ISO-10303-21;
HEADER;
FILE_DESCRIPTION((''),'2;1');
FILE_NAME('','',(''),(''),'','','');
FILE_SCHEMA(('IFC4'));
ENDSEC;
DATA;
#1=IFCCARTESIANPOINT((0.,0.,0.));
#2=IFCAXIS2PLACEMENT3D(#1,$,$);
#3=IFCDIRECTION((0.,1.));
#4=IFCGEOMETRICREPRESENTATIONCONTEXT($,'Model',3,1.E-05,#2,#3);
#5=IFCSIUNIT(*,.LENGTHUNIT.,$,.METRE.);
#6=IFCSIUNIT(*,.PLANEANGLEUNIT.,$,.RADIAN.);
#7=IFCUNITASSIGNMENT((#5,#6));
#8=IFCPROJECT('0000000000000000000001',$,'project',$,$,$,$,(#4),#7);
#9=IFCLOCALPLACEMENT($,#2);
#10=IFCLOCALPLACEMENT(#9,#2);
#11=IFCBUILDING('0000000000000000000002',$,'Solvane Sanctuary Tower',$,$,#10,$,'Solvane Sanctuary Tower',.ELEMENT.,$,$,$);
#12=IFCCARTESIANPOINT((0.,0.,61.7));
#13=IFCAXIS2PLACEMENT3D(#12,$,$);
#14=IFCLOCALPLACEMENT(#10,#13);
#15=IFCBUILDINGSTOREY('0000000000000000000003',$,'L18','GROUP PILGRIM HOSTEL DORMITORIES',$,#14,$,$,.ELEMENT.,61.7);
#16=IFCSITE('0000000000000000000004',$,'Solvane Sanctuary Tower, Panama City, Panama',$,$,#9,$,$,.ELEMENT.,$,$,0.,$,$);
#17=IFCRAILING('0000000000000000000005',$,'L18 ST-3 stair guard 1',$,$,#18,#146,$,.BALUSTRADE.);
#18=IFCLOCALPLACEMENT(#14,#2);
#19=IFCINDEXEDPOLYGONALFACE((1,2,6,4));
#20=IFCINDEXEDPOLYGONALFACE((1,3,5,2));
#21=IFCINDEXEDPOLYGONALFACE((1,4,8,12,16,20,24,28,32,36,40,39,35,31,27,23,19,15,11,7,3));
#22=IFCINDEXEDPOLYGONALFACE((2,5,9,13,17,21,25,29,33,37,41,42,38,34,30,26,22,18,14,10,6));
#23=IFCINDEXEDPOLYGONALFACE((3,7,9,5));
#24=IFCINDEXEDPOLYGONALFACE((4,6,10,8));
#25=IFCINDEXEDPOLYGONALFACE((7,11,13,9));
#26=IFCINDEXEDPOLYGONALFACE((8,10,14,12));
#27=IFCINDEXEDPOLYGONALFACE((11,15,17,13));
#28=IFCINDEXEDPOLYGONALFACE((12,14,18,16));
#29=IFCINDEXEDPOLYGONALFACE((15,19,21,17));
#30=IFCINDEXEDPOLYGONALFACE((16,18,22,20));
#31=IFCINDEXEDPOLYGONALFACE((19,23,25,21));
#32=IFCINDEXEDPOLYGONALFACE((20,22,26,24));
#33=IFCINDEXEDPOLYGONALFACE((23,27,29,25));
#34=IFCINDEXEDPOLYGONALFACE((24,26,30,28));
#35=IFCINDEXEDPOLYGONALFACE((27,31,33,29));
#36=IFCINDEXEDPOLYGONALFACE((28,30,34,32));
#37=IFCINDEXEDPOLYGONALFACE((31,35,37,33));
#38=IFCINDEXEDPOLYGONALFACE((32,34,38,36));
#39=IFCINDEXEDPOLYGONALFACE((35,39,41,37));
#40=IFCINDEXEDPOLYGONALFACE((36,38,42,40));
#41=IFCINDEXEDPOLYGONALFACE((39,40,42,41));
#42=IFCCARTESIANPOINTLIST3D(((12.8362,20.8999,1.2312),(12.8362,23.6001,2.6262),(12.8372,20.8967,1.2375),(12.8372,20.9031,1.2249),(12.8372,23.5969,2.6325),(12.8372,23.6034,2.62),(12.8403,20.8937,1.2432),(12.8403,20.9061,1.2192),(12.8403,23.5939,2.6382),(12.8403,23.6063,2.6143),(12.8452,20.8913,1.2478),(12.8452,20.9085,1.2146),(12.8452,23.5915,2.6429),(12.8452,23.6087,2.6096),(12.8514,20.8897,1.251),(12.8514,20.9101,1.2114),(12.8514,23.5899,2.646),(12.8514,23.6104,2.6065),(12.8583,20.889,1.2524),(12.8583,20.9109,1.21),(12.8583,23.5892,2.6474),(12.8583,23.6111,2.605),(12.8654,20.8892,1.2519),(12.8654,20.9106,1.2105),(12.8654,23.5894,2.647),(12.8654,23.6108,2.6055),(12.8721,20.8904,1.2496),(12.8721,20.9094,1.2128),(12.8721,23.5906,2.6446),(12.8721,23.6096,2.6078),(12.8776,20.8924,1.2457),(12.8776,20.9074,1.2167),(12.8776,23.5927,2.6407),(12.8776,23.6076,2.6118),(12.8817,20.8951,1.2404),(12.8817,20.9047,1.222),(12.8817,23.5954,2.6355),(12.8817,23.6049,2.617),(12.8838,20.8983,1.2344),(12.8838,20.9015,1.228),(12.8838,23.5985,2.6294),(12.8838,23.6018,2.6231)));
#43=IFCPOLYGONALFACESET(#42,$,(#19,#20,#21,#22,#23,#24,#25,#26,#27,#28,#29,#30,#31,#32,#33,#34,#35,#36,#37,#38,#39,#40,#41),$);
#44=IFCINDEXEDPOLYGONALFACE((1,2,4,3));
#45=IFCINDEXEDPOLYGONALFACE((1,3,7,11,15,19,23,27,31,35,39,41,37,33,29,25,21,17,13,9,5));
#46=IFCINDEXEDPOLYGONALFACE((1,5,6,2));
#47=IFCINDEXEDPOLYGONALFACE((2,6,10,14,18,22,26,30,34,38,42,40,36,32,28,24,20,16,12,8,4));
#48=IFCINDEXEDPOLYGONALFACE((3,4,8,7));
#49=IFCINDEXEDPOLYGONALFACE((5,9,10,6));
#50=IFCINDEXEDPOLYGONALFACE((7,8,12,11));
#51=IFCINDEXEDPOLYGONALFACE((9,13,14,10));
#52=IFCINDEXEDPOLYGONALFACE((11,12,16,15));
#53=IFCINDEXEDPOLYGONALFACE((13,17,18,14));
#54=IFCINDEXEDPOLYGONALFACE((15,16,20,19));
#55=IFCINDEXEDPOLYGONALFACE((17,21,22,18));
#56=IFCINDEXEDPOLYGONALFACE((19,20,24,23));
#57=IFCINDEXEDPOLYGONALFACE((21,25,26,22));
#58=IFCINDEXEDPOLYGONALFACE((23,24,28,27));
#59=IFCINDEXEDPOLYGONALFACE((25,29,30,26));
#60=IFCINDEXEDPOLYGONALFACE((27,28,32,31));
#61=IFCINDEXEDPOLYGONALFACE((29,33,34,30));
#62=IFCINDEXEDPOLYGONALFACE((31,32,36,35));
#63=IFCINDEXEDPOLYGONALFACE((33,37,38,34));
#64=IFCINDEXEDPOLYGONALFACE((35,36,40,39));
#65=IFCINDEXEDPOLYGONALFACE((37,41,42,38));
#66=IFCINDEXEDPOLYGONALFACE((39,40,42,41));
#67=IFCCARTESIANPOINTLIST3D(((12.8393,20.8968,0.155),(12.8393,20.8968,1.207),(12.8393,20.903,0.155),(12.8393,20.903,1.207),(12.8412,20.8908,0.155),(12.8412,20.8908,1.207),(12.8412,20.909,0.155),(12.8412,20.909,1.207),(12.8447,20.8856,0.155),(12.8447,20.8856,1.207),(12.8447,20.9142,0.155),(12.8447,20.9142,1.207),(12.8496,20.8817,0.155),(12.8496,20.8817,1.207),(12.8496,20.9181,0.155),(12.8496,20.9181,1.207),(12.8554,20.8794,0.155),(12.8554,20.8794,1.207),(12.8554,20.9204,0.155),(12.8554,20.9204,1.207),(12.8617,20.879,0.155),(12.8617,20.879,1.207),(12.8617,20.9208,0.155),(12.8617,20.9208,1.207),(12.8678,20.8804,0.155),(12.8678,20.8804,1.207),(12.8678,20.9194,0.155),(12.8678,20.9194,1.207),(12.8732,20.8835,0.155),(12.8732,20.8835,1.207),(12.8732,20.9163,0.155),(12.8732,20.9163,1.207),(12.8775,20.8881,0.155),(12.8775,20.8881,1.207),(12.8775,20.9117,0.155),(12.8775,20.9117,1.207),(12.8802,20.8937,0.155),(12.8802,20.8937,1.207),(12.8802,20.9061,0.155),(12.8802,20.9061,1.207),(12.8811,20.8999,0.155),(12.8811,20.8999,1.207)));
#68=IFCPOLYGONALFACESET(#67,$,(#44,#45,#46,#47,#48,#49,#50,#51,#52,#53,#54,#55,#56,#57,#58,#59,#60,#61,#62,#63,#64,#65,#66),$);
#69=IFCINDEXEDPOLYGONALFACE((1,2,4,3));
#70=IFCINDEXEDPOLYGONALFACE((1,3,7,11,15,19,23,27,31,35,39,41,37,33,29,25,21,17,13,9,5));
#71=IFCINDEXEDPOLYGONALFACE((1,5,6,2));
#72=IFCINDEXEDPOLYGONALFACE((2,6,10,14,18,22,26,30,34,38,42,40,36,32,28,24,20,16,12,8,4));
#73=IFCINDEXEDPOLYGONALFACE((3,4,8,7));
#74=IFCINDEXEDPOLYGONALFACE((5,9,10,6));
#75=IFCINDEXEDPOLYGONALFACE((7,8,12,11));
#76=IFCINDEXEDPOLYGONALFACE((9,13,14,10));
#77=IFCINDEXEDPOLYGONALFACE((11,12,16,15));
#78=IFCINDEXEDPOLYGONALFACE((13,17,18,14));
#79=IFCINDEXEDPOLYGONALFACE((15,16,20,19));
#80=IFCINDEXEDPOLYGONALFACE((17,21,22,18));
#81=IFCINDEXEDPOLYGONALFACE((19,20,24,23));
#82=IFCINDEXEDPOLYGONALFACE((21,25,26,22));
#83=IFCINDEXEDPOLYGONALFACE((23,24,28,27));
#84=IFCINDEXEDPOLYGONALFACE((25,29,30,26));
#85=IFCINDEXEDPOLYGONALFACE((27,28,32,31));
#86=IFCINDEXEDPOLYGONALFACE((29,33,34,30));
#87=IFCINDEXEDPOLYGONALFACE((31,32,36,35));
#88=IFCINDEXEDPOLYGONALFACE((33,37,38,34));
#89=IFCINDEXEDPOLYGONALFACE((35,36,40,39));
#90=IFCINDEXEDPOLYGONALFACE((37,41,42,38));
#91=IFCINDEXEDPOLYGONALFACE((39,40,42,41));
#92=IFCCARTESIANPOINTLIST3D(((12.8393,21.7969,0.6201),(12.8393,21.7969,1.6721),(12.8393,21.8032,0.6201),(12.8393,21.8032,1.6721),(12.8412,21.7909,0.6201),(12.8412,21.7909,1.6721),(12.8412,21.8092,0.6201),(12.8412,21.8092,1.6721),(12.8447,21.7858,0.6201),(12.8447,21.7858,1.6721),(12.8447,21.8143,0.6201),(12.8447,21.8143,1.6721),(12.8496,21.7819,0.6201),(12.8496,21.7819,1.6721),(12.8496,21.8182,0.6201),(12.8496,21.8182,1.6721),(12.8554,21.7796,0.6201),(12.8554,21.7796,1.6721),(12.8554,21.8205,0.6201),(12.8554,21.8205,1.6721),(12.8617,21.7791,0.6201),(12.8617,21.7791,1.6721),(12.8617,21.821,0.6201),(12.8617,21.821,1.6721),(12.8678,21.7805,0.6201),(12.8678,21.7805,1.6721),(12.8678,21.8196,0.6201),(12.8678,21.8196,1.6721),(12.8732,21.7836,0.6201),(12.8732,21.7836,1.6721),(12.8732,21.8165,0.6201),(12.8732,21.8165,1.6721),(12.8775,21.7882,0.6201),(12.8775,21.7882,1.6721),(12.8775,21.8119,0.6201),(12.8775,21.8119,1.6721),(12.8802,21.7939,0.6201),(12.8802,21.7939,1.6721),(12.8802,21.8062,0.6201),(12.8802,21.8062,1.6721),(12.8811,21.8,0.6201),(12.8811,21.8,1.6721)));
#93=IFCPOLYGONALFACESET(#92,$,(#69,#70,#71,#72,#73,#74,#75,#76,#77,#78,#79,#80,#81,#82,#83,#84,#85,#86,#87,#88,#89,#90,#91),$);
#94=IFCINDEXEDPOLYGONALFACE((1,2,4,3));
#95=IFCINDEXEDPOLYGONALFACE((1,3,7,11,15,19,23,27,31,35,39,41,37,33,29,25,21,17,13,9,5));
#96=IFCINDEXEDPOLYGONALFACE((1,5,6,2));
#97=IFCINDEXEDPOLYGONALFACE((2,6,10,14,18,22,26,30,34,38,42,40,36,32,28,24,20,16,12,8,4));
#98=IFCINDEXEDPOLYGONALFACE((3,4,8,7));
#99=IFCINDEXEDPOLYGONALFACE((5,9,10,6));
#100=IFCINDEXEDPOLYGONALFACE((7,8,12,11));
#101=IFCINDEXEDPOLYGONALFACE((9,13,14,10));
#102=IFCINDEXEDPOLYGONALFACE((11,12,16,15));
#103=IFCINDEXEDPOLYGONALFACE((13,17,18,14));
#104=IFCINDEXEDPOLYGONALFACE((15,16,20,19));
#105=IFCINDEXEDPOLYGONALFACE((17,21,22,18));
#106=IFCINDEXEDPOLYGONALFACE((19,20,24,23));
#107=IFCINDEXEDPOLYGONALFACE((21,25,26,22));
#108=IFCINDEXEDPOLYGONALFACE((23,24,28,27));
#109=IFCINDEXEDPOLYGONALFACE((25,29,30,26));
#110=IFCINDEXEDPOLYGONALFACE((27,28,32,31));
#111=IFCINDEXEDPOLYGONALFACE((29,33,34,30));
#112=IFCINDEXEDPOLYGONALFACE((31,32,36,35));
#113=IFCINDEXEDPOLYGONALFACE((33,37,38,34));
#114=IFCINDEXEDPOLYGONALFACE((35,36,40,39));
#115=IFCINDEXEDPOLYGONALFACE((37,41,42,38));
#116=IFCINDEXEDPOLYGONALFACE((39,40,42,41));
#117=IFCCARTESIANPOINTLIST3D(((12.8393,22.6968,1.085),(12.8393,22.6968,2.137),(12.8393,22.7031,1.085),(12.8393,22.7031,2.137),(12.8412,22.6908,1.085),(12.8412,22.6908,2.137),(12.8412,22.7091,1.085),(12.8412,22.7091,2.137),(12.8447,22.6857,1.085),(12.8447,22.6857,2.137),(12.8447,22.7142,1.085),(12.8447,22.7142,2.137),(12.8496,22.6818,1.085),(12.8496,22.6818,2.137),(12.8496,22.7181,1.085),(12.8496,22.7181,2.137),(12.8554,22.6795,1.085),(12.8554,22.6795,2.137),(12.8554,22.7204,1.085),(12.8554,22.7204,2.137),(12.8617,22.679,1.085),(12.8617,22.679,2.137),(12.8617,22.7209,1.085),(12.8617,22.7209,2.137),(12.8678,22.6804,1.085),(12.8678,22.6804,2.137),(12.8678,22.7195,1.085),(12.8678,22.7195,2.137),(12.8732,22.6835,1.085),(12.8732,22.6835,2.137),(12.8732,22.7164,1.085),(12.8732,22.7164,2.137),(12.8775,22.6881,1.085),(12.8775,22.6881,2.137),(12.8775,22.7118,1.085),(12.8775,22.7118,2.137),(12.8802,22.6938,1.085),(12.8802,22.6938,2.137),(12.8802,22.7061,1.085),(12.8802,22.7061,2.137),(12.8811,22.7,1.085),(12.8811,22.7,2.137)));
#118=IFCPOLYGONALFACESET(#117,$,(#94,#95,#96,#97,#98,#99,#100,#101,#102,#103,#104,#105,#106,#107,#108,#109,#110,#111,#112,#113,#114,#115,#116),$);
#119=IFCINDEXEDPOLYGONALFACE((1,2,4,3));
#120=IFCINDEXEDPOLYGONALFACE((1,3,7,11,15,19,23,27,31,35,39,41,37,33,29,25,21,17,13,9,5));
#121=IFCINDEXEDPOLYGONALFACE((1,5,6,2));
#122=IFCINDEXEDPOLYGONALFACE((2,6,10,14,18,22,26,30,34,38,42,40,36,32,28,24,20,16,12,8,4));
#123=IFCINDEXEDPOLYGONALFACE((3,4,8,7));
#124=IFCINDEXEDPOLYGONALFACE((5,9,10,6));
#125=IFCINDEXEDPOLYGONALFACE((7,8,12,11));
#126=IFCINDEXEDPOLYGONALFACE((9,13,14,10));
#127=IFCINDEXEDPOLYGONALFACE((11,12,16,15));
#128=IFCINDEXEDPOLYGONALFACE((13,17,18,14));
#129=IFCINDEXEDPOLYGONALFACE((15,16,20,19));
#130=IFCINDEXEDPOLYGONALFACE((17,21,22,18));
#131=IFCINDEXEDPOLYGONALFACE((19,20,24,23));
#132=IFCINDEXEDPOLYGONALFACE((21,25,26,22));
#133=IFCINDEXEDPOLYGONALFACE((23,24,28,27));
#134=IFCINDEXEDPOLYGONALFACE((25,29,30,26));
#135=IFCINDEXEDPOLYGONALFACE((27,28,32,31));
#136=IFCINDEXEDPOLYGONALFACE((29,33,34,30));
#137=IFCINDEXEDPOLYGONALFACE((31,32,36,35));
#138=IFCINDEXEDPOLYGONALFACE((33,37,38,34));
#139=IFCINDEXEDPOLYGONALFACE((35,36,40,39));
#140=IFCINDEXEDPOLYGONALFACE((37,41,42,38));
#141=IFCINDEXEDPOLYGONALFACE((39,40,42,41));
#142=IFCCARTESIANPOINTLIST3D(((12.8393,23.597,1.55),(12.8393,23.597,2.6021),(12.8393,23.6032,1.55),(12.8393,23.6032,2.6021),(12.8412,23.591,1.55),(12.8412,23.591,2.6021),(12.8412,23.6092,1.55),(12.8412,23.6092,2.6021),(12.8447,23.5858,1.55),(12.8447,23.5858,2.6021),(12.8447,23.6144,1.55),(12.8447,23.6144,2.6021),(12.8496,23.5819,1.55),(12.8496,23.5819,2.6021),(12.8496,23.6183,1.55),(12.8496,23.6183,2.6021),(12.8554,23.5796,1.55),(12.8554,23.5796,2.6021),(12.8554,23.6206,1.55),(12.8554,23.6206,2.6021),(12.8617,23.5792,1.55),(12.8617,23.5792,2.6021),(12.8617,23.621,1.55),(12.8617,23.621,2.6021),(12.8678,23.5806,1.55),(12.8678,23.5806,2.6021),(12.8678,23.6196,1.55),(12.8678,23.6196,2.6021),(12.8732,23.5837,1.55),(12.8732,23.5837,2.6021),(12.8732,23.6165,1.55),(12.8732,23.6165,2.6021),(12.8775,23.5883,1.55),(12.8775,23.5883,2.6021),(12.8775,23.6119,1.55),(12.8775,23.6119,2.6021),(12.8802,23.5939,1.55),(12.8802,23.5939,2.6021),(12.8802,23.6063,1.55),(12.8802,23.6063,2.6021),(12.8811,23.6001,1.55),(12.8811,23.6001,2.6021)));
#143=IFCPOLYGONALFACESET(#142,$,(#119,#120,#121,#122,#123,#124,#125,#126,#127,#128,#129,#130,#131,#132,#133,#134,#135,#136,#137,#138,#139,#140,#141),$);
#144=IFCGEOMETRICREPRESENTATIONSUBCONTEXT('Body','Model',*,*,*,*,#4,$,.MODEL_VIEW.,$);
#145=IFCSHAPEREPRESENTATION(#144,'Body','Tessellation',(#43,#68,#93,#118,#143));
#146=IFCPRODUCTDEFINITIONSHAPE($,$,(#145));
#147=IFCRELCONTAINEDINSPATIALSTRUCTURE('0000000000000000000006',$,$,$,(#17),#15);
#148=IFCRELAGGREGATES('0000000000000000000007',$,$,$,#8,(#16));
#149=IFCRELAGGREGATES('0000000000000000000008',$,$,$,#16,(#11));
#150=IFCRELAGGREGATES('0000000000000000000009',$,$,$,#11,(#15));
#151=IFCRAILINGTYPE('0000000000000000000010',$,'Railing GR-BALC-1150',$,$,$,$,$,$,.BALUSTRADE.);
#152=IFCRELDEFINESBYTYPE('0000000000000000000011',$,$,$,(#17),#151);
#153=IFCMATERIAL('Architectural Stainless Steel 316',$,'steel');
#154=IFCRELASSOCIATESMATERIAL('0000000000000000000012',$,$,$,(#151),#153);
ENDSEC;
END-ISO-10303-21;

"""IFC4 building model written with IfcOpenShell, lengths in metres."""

from ifc_helpers import new_model, si_unit, direction, frame, origin, origin_2d, place, context, subcontext, project, spatial, circle, extrude, material, type_object, element, save


model = new_model("IFC4")

# Units and contexts
model_context = context("Model", 3, precision=1e-05, world=origin(), true_north=direction((0.0, 1.0)))
body_context = subcontext(model_context, "Body", "Model", "MODEL_VIEW")
ifc_project = project(units=[si_unit("LENGTHUNIT", "METRE"), si_unit("PLANEANGLEUNIT", "RADIAN")], contexts=[model_context])

# Site, building, storey
site_placement = place(None, origin())
site = spatial("IfcSite", under=ifc_project, at=site_placement, Name="Solvane Sanctuary Tower, Panama City, Panama", CompositionType="ELEMENT", RefElevation=0.0)
building_placement = place(site_placement, origin())
building = spatial("IfcBuilding", under=site, at=building_placement, Name="Solvane Sanctuary Tower", LongName="Solvane Sanctuary Tower", CompositionType="ELEMENT")
storey_placement = place(building_placement, frame((0.0, 0.0, 61.7)))
storey = spatial("IfcBuildingStorey", under=building, at=storey_placement, Name="L18", Description="GROUP PILGRIM HOSTEL DORMITORIES", CompositionType="ELEMENT", Elevation=61.7)

# Shared definitions
ifc_material_1 = material(Name="Architectural Stainless Steel 316", Category="steel")

# Railing
railing_type_1 = type_object("IfcRailingType", Name="Railing GR-BALC-1150", PredefinedType="BALUSTRADE", material=ifc_material_1)
railing_1_placement = place(storey_placement, frame((12.8601, 20.8999, 0.155)))
element("IfcRailing", 1, at=railing_1_placement, inside=storey, type_object=railing_type_1, Name="L18 ST-3 stair guard 1", PredefinedType="BALUSTRADE", context=body_context, shape_type="SweptSolid", body=[
    extrude(circle(Radius=0.0239, at=origin_2d()), frame((0.0, 0.0, 1.0762), z_axis=(0.0, 0.888437, 0.458999), x_axis=(-1.0, 0.0, 0.0)), (0.0, 0.0, 1.0), 3.0393),
    extrude(circle(Radius=0.021, at=origin_2d()), origin(), (0.0, 0.0, 1.0), 1.052),
    extrude(circle(Radius=0.021, at=origin_2d()), frame((0.0, 0.9001, 0.4651)), (0.0, 0.0, 1.0), 1.052),
    extrude(circle(Radius=0.021, at=origin_2d()), frame((0.0, 1.8, 0.9299)), (0.0, 0.0, 1.0), 1.052),
    extrude(circle(Radius=0.021, at=origin_2d()), frame((0.0, 2.7002, 1.395)), (0.0, 0.0, 1.0), 1.052),
])

save(model, "model.ifc")
